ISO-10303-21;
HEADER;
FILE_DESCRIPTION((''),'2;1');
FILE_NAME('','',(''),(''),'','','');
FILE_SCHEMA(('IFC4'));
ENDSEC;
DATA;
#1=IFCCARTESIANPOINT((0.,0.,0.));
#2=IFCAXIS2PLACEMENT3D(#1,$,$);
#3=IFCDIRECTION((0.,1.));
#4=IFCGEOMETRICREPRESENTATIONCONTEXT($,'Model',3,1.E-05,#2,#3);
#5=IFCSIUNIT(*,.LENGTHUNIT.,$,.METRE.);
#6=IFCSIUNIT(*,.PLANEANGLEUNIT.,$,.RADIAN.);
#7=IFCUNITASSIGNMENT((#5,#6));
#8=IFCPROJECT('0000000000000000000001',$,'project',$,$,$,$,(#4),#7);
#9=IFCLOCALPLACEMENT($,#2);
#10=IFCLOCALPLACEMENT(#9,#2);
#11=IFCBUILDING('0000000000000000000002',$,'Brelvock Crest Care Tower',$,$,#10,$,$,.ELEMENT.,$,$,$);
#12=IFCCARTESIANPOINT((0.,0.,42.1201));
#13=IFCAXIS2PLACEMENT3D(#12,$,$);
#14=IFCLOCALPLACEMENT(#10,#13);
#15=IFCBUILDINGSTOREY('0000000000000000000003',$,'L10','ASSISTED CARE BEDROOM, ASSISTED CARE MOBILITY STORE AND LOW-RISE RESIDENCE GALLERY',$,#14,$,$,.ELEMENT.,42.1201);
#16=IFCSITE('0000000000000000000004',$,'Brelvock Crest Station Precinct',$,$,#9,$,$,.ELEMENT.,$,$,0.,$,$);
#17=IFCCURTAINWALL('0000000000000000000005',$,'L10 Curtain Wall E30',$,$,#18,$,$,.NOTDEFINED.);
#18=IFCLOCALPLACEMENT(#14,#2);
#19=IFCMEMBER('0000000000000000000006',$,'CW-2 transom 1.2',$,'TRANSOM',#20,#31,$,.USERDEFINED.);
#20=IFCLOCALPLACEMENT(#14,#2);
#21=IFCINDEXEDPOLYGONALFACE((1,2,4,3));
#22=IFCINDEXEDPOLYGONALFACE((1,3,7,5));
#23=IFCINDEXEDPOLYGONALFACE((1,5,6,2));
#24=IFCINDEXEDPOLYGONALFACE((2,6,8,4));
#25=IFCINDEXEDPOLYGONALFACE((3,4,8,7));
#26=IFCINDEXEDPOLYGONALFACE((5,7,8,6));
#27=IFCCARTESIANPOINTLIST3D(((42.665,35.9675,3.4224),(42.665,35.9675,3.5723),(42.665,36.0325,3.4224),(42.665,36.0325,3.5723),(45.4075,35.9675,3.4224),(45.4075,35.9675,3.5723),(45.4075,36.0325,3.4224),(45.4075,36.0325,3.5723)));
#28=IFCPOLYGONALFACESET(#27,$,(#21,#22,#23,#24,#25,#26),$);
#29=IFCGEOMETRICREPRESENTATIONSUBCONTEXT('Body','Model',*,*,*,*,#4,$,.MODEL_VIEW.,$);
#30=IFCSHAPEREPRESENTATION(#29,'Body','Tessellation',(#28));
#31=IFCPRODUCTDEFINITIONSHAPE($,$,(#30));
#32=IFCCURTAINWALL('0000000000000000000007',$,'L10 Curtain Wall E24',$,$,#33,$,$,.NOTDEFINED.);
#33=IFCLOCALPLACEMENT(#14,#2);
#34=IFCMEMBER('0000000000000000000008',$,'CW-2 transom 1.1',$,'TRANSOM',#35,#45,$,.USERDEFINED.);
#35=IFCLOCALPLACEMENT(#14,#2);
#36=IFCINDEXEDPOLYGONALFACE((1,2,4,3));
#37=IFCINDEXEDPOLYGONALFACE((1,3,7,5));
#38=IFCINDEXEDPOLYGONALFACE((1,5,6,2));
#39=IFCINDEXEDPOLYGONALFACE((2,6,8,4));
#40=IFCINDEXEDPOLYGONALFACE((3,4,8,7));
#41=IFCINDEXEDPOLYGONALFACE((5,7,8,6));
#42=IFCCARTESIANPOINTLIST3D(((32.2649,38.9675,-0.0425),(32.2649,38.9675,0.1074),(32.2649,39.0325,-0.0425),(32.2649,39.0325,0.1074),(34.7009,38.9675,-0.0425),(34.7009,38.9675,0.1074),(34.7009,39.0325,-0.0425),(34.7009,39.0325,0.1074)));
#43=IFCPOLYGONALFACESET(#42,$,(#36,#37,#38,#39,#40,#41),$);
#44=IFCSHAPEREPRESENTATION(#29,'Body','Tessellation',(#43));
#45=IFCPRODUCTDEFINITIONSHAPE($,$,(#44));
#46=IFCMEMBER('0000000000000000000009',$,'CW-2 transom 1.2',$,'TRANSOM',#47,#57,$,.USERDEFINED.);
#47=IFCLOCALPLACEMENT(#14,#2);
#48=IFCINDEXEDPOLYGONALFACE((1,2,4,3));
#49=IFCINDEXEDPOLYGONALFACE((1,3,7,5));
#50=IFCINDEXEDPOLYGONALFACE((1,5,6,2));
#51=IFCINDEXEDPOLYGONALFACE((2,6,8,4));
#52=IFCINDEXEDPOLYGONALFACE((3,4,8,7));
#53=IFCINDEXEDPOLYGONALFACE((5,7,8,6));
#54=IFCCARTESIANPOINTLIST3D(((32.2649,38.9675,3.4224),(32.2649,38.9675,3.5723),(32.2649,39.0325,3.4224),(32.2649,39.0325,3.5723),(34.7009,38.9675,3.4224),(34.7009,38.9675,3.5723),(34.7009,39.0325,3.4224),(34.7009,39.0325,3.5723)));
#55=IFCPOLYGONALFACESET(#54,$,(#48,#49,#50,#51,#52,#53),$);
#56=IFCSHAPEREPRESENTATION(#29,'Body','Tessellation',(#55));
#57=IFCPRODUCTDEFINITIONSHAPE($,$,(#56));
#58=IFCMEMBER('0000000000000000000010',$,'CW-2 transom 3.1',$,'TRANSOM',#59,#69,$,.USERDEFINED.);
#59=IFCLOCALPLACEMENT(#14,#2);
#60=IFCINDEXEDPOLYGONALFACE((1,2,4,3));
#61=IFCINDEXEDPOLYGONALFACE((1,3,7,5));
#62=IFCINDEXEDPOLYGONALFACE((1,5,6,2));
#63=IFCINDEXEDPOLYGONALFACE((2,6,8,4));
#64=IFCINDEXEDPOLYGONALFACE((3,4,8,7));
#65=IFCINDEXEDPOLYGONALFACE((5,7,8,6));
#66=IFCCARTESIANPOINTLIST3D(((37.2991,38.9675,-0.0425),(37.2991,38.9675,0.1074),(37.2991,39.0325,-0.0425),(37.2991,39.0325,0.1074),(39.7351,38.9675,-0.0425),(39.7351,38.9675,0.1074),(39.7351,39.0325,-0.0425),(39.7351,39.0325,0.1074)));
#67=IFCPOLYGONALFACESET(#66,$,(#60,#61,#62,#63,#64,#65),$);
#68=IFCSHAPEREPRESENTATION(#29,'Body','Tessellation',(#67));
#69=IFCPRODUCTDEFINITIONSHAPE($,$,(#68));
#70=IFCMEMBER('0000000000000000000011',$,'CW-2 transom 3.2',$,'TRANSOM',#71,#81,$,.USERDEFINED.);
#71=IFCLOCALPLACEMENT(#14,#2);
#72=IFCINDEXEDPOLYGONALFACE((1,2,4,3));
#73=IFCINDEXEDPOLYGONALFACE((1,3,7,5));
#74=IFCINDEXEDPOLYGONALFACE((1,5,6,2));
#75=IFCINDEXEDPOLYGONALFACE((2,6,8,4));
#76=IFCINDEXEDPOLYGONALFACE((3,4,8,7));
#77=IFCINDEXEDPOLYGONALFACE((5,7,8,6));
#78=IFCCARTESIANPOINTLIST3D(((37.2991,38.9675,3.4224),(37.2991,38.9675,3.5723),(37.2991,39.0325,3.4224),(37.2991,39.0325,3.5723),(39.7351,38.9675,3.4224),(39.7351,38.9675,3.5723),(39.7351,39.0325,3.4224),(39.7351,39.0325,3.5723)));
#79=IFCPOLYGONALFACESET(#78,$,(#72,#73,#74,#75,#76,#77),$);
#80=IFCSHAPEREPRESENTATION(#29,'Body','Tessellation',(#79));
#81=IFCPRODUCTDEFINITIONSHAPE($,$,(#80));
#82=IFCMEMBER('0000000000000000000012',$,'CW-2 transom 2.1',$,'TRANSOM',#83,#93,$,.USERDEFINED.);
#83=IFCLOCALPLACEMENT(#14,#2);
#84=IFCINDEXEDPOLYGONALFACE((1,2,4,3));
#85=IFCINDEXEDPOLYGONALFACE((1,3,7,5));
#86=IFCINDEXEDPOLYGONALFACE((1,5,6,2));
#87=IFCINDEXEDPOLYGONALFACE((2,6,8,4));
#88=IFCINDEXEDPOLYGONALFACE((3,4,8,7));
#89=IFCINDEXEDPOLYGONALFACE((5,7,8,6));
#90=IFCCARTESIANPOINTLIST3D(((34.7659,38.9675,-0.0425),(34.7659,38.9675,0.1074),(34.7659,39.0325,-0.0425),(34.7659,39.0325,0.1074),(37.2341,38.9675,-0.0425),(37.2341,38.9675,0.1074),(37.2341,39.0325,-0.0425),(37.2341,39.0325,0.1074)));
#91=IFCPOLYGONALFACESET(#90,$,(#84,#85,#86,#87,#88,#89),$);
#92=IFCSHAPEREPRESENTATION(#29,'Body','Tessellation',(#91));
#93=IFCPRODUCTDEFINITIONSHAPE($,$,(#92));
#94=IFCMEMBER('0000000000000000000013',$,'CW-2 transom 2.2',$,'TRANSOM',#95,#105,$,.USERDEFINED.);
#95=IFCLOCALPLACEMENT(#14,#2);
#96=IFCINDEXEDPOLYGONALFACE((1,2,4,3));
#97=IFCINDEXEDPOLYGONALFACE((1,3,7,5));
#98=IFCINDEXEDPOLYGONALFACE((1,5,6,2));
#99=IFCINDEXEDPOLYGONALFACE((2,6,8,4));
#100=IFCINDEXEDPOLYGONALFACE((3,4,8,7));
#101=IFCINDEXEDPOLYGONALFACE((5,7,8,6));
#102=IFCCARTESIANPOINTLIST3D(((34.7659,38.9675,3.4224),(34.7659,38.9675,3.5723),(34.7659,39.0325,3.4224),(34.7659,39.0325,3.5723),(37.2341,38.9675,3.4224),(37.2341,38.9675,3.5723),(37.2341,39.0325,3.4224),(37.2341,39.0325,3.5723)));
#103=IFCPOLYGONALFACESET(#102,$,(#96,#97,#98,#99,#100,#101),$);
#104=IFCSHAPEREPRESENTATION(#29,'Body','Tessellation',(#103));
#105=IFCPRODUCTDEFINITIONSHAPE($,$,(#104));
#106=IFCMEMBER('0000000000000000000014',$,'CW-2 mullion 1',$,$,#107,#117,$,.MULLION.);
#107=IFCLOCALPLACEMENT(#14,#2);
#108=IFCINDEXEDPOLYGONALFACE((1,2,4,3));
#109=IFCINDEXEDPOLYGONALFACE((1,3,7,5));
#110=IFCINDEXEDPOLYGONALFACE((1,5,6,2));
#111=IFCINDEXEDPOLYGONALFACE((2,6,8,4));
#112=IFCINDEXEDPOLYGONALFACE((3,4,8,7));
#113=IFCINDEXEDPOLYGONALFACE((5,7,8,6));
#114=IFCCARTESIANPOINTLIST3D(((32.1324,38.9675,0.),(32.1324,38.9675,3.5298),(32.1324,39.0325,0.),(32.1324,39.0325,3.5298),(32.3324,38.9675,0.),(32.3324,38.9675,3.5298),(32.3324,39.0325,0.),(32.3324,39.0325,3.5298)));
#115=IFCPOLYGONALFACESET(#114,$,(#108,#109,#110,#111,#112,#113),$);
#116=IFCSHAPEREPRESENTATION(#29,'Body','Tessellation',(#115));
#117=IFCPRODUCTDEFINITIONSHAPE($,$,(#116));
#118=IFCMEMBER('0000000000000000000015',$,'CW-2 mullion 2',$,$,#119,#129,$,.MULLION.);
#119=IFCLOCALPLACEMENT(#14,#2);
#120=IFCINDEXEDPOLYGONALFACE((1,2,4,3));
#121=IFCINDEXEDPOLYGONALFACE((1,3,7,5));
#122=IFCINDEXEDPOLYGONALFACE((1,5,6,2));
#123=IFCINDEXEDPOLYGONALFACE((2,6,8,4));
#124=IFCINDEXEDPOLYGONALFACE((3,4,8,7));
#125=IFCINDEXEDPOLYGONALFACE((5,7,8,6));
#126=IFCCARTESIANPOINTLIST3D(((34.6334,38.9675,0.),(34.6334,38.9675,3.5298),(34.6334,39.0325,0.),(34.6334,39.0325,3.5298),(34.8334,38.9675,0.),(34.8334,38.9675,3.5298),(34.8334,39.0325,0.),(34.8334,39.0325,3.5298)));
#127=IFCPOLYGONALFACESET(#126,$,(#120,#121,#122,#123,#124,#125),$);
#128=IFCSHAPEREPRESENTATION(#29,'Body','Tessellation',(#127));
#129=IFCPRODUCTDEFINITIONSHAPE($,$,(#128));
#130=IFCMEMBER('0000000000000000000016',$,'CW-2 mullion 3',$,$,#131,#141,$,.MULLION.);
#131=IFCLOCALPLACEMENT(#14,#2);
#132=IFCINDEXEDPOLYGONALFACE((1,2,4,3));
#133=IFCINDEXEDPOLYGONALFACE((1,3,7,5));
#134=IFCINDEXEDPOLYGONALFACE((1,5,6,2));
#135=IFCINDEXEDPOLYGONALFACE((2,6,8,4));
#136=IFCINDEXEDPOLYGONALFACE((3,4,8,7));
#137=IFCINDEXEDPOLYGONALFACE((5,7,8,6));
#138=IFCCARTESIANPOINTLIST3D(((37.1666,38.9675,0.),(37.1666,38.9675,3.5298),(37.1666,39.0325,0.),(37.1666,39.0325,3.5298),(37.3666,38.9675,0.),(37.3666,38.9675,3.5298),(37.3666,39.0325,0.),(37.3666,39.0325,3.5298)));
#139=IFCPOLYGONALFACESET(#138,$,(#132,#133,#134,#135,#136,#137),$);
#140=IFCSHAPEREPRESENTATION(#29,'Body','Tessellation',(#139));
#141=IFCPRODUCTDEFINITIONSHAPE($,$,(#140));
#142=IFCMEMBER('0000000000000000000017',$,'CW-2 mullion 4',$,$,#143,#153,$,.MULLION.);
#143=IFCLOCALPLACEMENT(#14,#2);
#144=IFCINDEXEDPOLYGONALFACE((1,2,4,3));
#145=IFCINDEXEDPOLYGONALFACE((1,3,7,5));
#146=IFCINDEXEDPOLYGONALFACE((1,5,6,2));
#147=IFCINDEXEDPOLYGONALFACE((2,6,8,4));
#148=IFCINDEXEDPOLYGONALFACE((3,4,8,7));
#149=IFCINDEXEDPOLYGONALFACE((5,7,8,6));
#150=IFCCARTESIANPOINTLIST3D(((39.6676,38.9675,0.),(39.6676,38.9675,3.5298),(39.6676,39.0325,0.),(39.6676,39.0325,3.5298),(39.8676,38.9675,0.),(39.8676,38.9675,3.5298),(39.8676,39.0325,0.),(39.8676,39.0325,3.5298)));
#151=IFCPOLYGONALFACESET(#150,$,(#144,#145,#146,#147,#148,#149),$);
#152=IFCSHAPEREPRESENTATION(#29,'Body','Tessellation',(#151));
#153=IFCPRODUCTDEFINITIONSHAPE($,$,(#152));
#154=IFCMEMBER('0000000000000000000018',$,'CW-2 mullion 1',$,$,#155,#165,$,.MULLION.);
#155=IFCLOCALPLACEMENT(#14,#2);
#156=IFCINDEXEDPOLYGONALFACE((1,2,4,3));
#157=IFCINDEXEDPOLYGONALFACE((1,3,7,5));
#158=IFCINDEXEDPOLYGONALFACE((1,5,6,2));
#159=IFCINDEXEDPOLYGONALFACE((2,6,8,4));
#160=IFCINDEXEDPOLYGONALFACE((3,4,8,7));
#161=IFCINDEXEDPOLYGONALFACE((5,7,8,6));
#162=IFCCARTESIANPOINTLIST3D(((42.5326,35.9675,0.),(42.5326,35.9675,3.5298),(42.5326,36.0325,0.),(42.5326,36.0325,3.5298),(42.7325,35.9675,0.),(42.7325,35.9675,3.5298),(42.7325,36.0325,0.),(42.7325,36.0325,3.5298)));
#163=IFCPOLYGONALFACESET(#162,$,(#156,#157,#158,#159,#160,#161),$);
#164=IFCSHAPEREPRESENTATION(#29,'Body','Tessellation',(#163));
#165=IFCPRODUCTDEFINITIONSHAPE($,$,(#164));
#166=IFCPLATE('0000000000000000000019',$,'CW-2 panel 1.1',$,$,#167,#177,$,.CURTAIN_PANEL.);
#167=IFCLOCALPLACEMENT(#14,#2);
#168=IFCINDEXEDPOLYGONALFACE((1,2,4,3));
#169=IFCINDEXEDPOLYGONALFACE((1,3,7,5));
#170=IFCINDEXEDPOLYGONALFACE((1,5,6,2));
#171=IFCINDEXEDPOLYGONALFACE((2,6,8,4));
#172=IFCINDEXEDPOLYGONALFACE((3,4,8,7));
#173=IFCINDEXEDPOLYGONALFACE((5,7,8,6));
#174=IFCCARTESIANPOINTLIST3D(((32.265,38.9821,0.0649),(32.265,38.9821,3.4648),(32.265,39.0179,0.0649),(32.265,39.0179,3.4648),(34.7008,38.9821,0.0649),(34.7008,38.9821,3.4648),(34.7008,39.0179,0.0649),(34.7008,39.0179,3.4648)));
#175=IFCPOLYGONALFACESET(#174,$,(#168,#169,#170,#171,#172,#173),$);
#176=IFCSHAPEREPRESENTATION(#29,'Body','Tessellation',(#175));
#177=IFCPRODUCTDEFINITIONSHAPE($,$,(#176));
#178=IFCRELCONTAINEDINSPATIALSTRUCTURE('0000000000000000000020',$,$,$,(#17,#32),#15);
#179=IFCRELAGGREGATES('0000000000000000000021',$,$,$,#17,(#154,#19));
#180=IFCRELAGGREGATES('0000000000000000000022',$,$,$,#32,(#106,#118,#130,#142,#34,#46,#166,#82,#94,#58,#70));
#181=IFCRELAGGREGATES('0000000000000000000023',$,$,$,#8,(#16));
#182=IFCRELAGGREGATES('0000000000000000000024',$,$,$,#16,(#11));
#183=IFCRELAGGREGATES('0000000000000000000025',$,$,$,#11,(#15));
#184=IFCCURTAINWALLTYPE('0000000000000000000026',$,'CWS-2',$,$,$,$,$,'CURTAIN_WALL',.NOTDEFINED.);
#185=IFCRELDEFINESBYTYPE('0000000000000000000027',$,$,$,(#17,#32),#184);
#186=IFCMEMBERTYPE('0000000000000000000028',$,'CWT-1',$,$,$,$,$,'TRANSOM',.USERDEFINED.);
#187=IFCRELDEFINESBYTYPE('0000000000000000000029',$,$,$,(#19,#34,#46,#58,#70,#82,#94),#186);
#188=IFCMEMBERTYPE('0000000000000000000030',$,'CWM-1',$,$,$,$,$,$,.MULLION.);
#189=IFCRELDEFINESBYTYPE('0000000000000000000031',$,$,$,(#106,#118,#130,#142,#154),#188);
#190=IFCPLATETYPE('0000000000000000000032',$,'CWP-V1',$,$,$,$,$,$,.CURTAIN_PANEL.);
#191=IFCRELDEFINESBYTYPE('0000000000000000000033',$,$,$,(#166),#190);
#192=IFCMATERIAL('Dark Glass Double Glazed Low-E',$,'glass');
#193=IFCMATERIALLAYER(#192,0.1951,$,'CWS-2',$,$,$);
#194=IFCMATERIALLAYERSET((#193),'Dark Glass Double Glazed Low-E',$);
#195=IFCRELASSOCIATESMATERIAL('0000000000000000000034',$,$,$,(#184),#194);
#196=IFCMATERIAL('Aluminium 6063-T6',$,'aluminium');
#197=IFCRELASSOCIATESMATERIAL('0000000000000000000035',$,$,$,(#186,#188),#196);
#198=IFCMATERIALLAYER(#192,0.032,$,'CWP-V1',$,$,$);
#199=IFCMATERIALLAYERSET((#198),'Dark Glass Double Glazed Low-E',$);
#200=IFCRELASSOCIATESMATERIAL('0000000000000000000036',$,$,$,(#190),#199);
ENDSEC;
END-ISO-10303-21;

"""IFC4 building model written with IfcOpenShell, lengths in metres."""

from ifc_helpers import new_model, si_unit, direction, frame, origin, origin_2d, place, context, subcontext, project, spatial, rectangle, extrude, source, transform, mapped, material, layer, layer_set, material_profile, profile_set, type_object, element, aggregate, save


model = new_model("IFC4")

# Units and contexts
model_context = context("Model", 3, precision=1e-05, world=origin(), true_north=direction((0.0, 1.0)))
body_context = subcontext(model_context, "Body", "Model", "MODEL_VIEW")
ifc_project = project(units=[si_unit("LENGTHUNIT", "METRE"), si_unit("PLANEANGLEUNIT", "RADIAN")], contexts=[model_context])

# Site, building, storey
site_placement = place(None, origin())
site = spatial("IfcSite", under=ifc_project, at=site_placement, Name="Brelvock Crest Station Precinct", CompositionType="ELEMENT", RefElevation=0.0)
building_placement = place(site_placement, origin())
building = spatial("IfcBuilding", under=site, at=building_placement, Name="Brelvock Crest Care Tower", CompositionType="ELEMENT")
storey_placement = place(building_placement, frame((0.0, 0.0, 42.1201)))
storey = spatial("IfcBuildingStorey", under=building, at=storey_placement, Name="L10", Description="ASSISTED CARE BEDROOM, ASSISTED CARE MOBILITY STORE AND LOW-RISE RESIDENCE GALLERY", CompositionType="ELEMENT", Elevation=42.1201)

# Curtain walls, members
ifc_material_1 = material(Name="Dark Glass Double Glazed Low-E", Category="glass")
ifc_layer_1 = layer(ifc_material_1, 0.1951, Name="CWS-2")
ifc_layer_set_1 = layer_set([ifc_layer_1], Name="Dark Glass Double Glazed Low-E")
curtain_wall_type = type_object("IfcCurtainWallType", Name="CWS-2", ElementType="CURTAIN_WALL", PredefinedType="NOTDEFINED", material=ifc_layer_set_1)
curtain_wall_1_placement = place(storey_placement, origin())
curtain_wall_1 = element("IfcCurtainWall", 1, at=curtain_wall_1_placement, inside=storey, type_object=curtain_wall_type, Name="L10 Curtain Wall E30", PredefinedType="NOTDEFINED")
ifc_material_2 = material(Name="Aluminium 6063-T6", Category="aluminium")
ifc_material_profile_1 = material_profile(ifc_material_2, rectangle(XDim=0.0649, YDim=0.1499, at=origin_2d()), Name="ALU65x150")
ifc_profile_set_1 = profile_set([ifc_material_profile_1], Name="Aluminium 6063-T6")
member_type_1 = type_object("IfcMemberType", Name="CWT-1", ElementType="TRANSOM", PredefinedType="USERDEFINED", material=ifc_profile_set_1)
shared_shape_1 = source(origin(), body_context, "Body", "SweptSolid", [
    extrude(rectangle(XDim=0.0649, YDim=0.1499, at=origin_2d()), origin(), (0.0, 0.0, 1.0), 2.7424),
])
member_1_placement = place(storey_placement, frame((42.665, 36.0, 3.4973), z_axis=(1.0, 0.0, 0.0), x_axis=(0.0, 1.0, 0.0)))
member_1 = element("IfcMember", 2, at=member_1_placement, type_object=member_type_1, Name="CW-2 transom 1.2", ObjectType="TRANSOM", PredefinedType="USERDEFINED", context=body_context, shape_type="MappedRepresentation", body=[
    mapped(shared_shape_1, transform((0.0, 0.0, 0.0), x_axis=(1.0, 0.0, 0.0), y_axis=(0.0, 1.0, 0.0), z_axis=(0.0, 0.0, 1.0), scale=1.0)),
])
curtain_wall_2_placement = place(storey_placement, origin())
curtain_wall_2 = element("IfcCurtainWall", 3, at=curtain_wall_2_placement, inside=storey, type_object=curtain_wall_type, Name="L10 Curtain Wall E24", PredefinedType="NOTDEFINED")
shared_shape_2 = source(origin(), body_context, "Body", "SweptSolid", [
    extrude(rectangle(XDim=0.0649, YDim=0.1499, at=origin_2d()), origin(), (0.0, 0.0, 1.0), 2.436),
])
member_2_placement = place(storey_placement, frame((32.2649, 39.0, 0.0325), z_axis=(1.0, 0.0, 0.0), x_axis=(0.0, 1.0, 0.0)))
member_2 = element("IfcMember", 4, at=member_2_placement, type_object=member_type_1, Name="CW-2 transom 1.1", ObjectType="TRANSOM", PredefinedType="USERDEFINED", context=body_context, shape_type="MappedRepresentation", body=[
    mapped(shared_shape_2, transform((0.0, 0.0, 0.0), x_axis=(1.0, 0.0, 0.0), y_axis=(0.0, 1.0, 0.0), z_axis=(0.0, 0.0, 1.0), scale=1.0)),
])
member_3_placement = place(storey_placement, frame((32.2649, 39.0, 3.4973), z_axis=(1.0, 0.0, 0.0), x_axis=(0.0, 1.0, 0.0)))
member_3 = element("IfcMember", 5, at=member_3_placement, type_object=member_type_1, Name="CW-2 transom 1.2", ObjectType="TRANSOM", PredefinedType="USERDEFINED", context=body_context, shape_type="MappedRepresentation", body=[
    mapped(shared_shape_2, transform((0.0, 0.0, 0.0), x_axis=(1.0, 0.0, 0.0), y_axis=(0.0, 1.0, 0.0), z_axis=(0.0, 0.0, 1.0), scale=1.0)),
])
member_4_placement = place(storey_placement, frame((37.2991, 39.0, 0.0325), z_axis=(1.0, 0.0, 0.0), x_axis=(0.0, 1.0, 0.0)))
member_4 = element("IfcMember", 6, at=member_4_placement, type_object=member_type_1, Name="CW-2 transom 3.1", ObjectType="TRANSOM", PredefinedType="USERDEFINED", context=body_context, shape_type="MappedRepresentation", body=[
    mapped(shared_shape_2, transform((0.0, 0.0, 0.0), x_axis=(1.0, 0.0, 0.0), y_axis=(0.0, 1.0, 0.0), z_axis=(0.0, 0.0, 1.0), scale=1.0)),
])
member_5_placement = place(storey_placement, frame((37.2991, 39.0, 3.4973), z_axis=(1.0, 0.0, 0.0), x_axis=(0.0, 1.0, 0.0)))
member_5 = element("IfcMember", 7, at=member_5_placement, type_object=member_type_1, Name="CW-2 transom 3.2", ObjectType="TRANSOM", PredefinedType="USERDEFINED", context=body_context, shape_type="MappedRepresentation", body=[
    mapped(shared_shape_2, transform((0.0, 0.0, 0.0), x_axis=(1.0, 0.0, 0.0), y_axis=(0.0, 1.0, 0.0), z_axis=(0.0, 0.0, 1.0), scale=1.0)),
])
shared_shape_3 = source(origin(), body_context, "Body", "SweptSolid", [
    extrude(rectangle(XDim=0.0649, YDim=0.1499, at=origin_2d()), origin(), (0.0, 0.0, 1.0), 2.4683),
])
member_6_placement = place(storey_placement, frame((34.7659, 39.0, 0.0325), z_axis=(1.0, 0.0, 0.0), x_axis=(0.0, 1.0, 0.0)))
member_6 = element("IfcMember", 8, at=member_6_placement, type_object=member_type_1, Name="CW-2 transom 2.1", ObjectType="TRANSOM", PredefinedType="USERDEFINED", context=body_context, shape_type="MappedRepresentation", body=[
    mapped(shared_shape_3, transform((0.0, 0.0, 0.0), x_axis=(1.0, 0.0, 0.0), y_axis=(0.0, 1.0, 0.0), z_axis=(0.0, 0.0, 1.0), scale=1.0)),
])
member_7_placement = place(storey_placement, frame((34.7659, 39.0, 3.4973), z_axis=(1.0, 0.0, 0.0), x_axis=(0.0, 1.0, 0.0)))
member_7 = element("IfcMember", 9, at=member_7_placement, type_object=member_type_1, Name="CW-2 transom 2.2", ObjectType="TRANSOM", PredefinedType="USERDEFINED", context=body_context, shape_type="MappedRepresentation", body=[
    mapped(shared_shape_3, transform((0.0, 0.0, 0.0), x_axis=(1.0, 0.0, 0.0), y_axis=(0.0, 1.0, 0.0), z_axis=(0.0, 0.0, 1.0), scale=1.0)),
])
ifc_material_profile_2 = material_profile(ifc_material_2, rectangle(XDim=0.0649, YDim=0.2, at=origin_2d()), Name="ALU65x200")
ifc_profile_set_2 = profile_set([ifc_material_profile_2], Name="Aluminium 6063-T6")
member_type_2 = type_object("IfcMemberType", Name="CWM-1", PredefinedType="MULLION", material=ifc_profile_set_2)
shared_shape_4 = source(origin(), body_context, "Body", "SweptSolid", [
    extrude(rectangle(XDim=0.0649, YDim=0.2, at=origin_2d()), origin(), (0.0, 0.0, 1.0), 3.5298),
])
member_8_placement = place(storey_placement, frame((32.2324, 39.0, 0.0), z_axis=(0.0, 0.0, 1.0), x_axis=(0.0, 1.0, 0.0)))
member_8 = element("IfcMember", 10, at=member_8_placement, type_object=member_type_2, Name="CW-2 mullion 1", PredefinedType="MULLION", context=body_context, shape_type="MappedRepresentation", body=[
    mapped(shared_shape_4, transform((0.0, 0.0, 0.0), x_axis=(1.0, 0.0, 0.0), y_axis=(0.0, 1.0, 0.0), z_axis=(0.0, 0.0, 1.0), scale=1.0)),
])
member_9_placement = place(storey_placement, frame((34.7334, 39.0, 0.0), z_axis=(0.0, 0.0, 1.0), x_axis=(0.0, 1.0, 0.0)))
member_9 = element("IfcMember", 11, at=member_9_placement, type_object=member_type_2, Name="CW-2 mullion 2", PredefinedType="MULLION", context=body_context, shape_type="MappedRepresentation", body=[
    mapped(shared_shape_4, transform((0.0, 0.0, 0.0), x_axis=(1.0, 0.0, 0.0), y_axis=(0.0, 1.0, 0.0), z_axis=(0.0, 0.0, 1.0), scale=1.0)),
])
member_10_placement = place(storey_placement, frame((37.2666, 39.0, 0.0), z_axis=(0.0, 0.0, 1.0), x_axis=(0.0, 1.0, 0.0)))
member_10 = element("IfcMember", 12, at=member_10_placement, type_object=member_type_2, Name="CW-2 mullion 3", PredefinedType="MULLION", context=body_context, shape_type="MappedRepresentation", body=[
    mapped(shared_shape_4, transform((0.0, 0.0, 0.0), x_axis=(1.0, 0.0, 0.0), y_axis=(0.0, 1.0, 0.0), z_axis=(0.0, 0.0, 1.0), scale=1.0)),
])
member_11_placement = place(storey_placement, frame((39.7676, 39.0, 0.0), z_axis=(0.0, 0.0, 1.0), x_axis=(0.0, 1.0, 0.0)))
member_11 = element("IfcMember", 13, at=member_11_placement, type_object=member_type_2, Name="CW-2 mullion 4", PredefinedType="MULLION", context=body_context, shape_type="MappedRepresentation", body=[
    mapped(shared_shape_4, transform((0.0, 0.0, 0.0), x_axis=(1.0, 0.0, 0.0), y_axis=(0.0, 1.0, 0.0), z_axis=(0.0, 0.0, 1.0), scale=1.0)),
])

# Member
member_12_placement = place(storey_placement, frame((42.6326, 36.0, 0.0), z_axis=(0.0, 0.0, 1.0), x_axis=(0.0, 1.0, 0.0)))
member_12 = element("IfcMember", 14, at=member_12_placement, type_object=member_type_2, Name="CW-2 mullion 1", PredefinedType="MULLION", context=body_context, shape_type="MappedRepresentation", body=[
    mapped(shared_shape_4, transform((0.0, 0.0, 0.0), x_axis=(1.0, 0.0, 0.0), y_axis=(0.0, 1.0, 0.0), z_axis=(0.0, 0.0, 1.0), scale=1.0)),
])
aggregate(curtain_wall_1, [member_12, member_1])

# Plate
ifc_layer_2 = layer(ifc_material_1, 0.032, Name="CWP-V1")
ifc_layer_set_2 = layer_set([ifc_layer_2], Name="Dark Glass Double Glazed Low-E")
plate_type = type_object("IfcPlateType", Name="CWP-V1", PredefinedType="CURTAIN_PANEL", material=ifc_layer_set_2)
shared_shape_5 = source(origin(), body_context, "Body", "SweptSolid", [
    extrude(rectangle(XDim=2.4358, YDim=0.0359, at=origin_2d()), origin(), (0.0, 0.0, 1.0), 3.3999),
])
plate_1_placement = place(storey_placement, frame((33.4829, 39.0, 0.0649), z_axis=(0.0, 0.0, 1.0), x_axis=(1.0, 0.0, 0.0)))
plate_1 = element("IfcPlate", 15, at=plate_1_placement, type_object=plate_type, Name="CW-2 panel 1.1", PredefinedType="CURTAIN_PANEL", context=body_context, shape_type="MappedRepresentation", body=[
    mapped(shared_shape_5, transform((0.0, 0.0, 0.0), x_axis=(1.0, 0.0, 0.0), y_axis=(0.0, 1.0, 0.0), z_axis=(0.0, 0.0, 1.0), scale=1.0)),
])
aggregate(curtain_wall_2, [member_8, member_9, member_10, member_11, member_2, member_3, plate_1, member_6, member_7, member_4, member_5])

save(model, "model.ifc")
